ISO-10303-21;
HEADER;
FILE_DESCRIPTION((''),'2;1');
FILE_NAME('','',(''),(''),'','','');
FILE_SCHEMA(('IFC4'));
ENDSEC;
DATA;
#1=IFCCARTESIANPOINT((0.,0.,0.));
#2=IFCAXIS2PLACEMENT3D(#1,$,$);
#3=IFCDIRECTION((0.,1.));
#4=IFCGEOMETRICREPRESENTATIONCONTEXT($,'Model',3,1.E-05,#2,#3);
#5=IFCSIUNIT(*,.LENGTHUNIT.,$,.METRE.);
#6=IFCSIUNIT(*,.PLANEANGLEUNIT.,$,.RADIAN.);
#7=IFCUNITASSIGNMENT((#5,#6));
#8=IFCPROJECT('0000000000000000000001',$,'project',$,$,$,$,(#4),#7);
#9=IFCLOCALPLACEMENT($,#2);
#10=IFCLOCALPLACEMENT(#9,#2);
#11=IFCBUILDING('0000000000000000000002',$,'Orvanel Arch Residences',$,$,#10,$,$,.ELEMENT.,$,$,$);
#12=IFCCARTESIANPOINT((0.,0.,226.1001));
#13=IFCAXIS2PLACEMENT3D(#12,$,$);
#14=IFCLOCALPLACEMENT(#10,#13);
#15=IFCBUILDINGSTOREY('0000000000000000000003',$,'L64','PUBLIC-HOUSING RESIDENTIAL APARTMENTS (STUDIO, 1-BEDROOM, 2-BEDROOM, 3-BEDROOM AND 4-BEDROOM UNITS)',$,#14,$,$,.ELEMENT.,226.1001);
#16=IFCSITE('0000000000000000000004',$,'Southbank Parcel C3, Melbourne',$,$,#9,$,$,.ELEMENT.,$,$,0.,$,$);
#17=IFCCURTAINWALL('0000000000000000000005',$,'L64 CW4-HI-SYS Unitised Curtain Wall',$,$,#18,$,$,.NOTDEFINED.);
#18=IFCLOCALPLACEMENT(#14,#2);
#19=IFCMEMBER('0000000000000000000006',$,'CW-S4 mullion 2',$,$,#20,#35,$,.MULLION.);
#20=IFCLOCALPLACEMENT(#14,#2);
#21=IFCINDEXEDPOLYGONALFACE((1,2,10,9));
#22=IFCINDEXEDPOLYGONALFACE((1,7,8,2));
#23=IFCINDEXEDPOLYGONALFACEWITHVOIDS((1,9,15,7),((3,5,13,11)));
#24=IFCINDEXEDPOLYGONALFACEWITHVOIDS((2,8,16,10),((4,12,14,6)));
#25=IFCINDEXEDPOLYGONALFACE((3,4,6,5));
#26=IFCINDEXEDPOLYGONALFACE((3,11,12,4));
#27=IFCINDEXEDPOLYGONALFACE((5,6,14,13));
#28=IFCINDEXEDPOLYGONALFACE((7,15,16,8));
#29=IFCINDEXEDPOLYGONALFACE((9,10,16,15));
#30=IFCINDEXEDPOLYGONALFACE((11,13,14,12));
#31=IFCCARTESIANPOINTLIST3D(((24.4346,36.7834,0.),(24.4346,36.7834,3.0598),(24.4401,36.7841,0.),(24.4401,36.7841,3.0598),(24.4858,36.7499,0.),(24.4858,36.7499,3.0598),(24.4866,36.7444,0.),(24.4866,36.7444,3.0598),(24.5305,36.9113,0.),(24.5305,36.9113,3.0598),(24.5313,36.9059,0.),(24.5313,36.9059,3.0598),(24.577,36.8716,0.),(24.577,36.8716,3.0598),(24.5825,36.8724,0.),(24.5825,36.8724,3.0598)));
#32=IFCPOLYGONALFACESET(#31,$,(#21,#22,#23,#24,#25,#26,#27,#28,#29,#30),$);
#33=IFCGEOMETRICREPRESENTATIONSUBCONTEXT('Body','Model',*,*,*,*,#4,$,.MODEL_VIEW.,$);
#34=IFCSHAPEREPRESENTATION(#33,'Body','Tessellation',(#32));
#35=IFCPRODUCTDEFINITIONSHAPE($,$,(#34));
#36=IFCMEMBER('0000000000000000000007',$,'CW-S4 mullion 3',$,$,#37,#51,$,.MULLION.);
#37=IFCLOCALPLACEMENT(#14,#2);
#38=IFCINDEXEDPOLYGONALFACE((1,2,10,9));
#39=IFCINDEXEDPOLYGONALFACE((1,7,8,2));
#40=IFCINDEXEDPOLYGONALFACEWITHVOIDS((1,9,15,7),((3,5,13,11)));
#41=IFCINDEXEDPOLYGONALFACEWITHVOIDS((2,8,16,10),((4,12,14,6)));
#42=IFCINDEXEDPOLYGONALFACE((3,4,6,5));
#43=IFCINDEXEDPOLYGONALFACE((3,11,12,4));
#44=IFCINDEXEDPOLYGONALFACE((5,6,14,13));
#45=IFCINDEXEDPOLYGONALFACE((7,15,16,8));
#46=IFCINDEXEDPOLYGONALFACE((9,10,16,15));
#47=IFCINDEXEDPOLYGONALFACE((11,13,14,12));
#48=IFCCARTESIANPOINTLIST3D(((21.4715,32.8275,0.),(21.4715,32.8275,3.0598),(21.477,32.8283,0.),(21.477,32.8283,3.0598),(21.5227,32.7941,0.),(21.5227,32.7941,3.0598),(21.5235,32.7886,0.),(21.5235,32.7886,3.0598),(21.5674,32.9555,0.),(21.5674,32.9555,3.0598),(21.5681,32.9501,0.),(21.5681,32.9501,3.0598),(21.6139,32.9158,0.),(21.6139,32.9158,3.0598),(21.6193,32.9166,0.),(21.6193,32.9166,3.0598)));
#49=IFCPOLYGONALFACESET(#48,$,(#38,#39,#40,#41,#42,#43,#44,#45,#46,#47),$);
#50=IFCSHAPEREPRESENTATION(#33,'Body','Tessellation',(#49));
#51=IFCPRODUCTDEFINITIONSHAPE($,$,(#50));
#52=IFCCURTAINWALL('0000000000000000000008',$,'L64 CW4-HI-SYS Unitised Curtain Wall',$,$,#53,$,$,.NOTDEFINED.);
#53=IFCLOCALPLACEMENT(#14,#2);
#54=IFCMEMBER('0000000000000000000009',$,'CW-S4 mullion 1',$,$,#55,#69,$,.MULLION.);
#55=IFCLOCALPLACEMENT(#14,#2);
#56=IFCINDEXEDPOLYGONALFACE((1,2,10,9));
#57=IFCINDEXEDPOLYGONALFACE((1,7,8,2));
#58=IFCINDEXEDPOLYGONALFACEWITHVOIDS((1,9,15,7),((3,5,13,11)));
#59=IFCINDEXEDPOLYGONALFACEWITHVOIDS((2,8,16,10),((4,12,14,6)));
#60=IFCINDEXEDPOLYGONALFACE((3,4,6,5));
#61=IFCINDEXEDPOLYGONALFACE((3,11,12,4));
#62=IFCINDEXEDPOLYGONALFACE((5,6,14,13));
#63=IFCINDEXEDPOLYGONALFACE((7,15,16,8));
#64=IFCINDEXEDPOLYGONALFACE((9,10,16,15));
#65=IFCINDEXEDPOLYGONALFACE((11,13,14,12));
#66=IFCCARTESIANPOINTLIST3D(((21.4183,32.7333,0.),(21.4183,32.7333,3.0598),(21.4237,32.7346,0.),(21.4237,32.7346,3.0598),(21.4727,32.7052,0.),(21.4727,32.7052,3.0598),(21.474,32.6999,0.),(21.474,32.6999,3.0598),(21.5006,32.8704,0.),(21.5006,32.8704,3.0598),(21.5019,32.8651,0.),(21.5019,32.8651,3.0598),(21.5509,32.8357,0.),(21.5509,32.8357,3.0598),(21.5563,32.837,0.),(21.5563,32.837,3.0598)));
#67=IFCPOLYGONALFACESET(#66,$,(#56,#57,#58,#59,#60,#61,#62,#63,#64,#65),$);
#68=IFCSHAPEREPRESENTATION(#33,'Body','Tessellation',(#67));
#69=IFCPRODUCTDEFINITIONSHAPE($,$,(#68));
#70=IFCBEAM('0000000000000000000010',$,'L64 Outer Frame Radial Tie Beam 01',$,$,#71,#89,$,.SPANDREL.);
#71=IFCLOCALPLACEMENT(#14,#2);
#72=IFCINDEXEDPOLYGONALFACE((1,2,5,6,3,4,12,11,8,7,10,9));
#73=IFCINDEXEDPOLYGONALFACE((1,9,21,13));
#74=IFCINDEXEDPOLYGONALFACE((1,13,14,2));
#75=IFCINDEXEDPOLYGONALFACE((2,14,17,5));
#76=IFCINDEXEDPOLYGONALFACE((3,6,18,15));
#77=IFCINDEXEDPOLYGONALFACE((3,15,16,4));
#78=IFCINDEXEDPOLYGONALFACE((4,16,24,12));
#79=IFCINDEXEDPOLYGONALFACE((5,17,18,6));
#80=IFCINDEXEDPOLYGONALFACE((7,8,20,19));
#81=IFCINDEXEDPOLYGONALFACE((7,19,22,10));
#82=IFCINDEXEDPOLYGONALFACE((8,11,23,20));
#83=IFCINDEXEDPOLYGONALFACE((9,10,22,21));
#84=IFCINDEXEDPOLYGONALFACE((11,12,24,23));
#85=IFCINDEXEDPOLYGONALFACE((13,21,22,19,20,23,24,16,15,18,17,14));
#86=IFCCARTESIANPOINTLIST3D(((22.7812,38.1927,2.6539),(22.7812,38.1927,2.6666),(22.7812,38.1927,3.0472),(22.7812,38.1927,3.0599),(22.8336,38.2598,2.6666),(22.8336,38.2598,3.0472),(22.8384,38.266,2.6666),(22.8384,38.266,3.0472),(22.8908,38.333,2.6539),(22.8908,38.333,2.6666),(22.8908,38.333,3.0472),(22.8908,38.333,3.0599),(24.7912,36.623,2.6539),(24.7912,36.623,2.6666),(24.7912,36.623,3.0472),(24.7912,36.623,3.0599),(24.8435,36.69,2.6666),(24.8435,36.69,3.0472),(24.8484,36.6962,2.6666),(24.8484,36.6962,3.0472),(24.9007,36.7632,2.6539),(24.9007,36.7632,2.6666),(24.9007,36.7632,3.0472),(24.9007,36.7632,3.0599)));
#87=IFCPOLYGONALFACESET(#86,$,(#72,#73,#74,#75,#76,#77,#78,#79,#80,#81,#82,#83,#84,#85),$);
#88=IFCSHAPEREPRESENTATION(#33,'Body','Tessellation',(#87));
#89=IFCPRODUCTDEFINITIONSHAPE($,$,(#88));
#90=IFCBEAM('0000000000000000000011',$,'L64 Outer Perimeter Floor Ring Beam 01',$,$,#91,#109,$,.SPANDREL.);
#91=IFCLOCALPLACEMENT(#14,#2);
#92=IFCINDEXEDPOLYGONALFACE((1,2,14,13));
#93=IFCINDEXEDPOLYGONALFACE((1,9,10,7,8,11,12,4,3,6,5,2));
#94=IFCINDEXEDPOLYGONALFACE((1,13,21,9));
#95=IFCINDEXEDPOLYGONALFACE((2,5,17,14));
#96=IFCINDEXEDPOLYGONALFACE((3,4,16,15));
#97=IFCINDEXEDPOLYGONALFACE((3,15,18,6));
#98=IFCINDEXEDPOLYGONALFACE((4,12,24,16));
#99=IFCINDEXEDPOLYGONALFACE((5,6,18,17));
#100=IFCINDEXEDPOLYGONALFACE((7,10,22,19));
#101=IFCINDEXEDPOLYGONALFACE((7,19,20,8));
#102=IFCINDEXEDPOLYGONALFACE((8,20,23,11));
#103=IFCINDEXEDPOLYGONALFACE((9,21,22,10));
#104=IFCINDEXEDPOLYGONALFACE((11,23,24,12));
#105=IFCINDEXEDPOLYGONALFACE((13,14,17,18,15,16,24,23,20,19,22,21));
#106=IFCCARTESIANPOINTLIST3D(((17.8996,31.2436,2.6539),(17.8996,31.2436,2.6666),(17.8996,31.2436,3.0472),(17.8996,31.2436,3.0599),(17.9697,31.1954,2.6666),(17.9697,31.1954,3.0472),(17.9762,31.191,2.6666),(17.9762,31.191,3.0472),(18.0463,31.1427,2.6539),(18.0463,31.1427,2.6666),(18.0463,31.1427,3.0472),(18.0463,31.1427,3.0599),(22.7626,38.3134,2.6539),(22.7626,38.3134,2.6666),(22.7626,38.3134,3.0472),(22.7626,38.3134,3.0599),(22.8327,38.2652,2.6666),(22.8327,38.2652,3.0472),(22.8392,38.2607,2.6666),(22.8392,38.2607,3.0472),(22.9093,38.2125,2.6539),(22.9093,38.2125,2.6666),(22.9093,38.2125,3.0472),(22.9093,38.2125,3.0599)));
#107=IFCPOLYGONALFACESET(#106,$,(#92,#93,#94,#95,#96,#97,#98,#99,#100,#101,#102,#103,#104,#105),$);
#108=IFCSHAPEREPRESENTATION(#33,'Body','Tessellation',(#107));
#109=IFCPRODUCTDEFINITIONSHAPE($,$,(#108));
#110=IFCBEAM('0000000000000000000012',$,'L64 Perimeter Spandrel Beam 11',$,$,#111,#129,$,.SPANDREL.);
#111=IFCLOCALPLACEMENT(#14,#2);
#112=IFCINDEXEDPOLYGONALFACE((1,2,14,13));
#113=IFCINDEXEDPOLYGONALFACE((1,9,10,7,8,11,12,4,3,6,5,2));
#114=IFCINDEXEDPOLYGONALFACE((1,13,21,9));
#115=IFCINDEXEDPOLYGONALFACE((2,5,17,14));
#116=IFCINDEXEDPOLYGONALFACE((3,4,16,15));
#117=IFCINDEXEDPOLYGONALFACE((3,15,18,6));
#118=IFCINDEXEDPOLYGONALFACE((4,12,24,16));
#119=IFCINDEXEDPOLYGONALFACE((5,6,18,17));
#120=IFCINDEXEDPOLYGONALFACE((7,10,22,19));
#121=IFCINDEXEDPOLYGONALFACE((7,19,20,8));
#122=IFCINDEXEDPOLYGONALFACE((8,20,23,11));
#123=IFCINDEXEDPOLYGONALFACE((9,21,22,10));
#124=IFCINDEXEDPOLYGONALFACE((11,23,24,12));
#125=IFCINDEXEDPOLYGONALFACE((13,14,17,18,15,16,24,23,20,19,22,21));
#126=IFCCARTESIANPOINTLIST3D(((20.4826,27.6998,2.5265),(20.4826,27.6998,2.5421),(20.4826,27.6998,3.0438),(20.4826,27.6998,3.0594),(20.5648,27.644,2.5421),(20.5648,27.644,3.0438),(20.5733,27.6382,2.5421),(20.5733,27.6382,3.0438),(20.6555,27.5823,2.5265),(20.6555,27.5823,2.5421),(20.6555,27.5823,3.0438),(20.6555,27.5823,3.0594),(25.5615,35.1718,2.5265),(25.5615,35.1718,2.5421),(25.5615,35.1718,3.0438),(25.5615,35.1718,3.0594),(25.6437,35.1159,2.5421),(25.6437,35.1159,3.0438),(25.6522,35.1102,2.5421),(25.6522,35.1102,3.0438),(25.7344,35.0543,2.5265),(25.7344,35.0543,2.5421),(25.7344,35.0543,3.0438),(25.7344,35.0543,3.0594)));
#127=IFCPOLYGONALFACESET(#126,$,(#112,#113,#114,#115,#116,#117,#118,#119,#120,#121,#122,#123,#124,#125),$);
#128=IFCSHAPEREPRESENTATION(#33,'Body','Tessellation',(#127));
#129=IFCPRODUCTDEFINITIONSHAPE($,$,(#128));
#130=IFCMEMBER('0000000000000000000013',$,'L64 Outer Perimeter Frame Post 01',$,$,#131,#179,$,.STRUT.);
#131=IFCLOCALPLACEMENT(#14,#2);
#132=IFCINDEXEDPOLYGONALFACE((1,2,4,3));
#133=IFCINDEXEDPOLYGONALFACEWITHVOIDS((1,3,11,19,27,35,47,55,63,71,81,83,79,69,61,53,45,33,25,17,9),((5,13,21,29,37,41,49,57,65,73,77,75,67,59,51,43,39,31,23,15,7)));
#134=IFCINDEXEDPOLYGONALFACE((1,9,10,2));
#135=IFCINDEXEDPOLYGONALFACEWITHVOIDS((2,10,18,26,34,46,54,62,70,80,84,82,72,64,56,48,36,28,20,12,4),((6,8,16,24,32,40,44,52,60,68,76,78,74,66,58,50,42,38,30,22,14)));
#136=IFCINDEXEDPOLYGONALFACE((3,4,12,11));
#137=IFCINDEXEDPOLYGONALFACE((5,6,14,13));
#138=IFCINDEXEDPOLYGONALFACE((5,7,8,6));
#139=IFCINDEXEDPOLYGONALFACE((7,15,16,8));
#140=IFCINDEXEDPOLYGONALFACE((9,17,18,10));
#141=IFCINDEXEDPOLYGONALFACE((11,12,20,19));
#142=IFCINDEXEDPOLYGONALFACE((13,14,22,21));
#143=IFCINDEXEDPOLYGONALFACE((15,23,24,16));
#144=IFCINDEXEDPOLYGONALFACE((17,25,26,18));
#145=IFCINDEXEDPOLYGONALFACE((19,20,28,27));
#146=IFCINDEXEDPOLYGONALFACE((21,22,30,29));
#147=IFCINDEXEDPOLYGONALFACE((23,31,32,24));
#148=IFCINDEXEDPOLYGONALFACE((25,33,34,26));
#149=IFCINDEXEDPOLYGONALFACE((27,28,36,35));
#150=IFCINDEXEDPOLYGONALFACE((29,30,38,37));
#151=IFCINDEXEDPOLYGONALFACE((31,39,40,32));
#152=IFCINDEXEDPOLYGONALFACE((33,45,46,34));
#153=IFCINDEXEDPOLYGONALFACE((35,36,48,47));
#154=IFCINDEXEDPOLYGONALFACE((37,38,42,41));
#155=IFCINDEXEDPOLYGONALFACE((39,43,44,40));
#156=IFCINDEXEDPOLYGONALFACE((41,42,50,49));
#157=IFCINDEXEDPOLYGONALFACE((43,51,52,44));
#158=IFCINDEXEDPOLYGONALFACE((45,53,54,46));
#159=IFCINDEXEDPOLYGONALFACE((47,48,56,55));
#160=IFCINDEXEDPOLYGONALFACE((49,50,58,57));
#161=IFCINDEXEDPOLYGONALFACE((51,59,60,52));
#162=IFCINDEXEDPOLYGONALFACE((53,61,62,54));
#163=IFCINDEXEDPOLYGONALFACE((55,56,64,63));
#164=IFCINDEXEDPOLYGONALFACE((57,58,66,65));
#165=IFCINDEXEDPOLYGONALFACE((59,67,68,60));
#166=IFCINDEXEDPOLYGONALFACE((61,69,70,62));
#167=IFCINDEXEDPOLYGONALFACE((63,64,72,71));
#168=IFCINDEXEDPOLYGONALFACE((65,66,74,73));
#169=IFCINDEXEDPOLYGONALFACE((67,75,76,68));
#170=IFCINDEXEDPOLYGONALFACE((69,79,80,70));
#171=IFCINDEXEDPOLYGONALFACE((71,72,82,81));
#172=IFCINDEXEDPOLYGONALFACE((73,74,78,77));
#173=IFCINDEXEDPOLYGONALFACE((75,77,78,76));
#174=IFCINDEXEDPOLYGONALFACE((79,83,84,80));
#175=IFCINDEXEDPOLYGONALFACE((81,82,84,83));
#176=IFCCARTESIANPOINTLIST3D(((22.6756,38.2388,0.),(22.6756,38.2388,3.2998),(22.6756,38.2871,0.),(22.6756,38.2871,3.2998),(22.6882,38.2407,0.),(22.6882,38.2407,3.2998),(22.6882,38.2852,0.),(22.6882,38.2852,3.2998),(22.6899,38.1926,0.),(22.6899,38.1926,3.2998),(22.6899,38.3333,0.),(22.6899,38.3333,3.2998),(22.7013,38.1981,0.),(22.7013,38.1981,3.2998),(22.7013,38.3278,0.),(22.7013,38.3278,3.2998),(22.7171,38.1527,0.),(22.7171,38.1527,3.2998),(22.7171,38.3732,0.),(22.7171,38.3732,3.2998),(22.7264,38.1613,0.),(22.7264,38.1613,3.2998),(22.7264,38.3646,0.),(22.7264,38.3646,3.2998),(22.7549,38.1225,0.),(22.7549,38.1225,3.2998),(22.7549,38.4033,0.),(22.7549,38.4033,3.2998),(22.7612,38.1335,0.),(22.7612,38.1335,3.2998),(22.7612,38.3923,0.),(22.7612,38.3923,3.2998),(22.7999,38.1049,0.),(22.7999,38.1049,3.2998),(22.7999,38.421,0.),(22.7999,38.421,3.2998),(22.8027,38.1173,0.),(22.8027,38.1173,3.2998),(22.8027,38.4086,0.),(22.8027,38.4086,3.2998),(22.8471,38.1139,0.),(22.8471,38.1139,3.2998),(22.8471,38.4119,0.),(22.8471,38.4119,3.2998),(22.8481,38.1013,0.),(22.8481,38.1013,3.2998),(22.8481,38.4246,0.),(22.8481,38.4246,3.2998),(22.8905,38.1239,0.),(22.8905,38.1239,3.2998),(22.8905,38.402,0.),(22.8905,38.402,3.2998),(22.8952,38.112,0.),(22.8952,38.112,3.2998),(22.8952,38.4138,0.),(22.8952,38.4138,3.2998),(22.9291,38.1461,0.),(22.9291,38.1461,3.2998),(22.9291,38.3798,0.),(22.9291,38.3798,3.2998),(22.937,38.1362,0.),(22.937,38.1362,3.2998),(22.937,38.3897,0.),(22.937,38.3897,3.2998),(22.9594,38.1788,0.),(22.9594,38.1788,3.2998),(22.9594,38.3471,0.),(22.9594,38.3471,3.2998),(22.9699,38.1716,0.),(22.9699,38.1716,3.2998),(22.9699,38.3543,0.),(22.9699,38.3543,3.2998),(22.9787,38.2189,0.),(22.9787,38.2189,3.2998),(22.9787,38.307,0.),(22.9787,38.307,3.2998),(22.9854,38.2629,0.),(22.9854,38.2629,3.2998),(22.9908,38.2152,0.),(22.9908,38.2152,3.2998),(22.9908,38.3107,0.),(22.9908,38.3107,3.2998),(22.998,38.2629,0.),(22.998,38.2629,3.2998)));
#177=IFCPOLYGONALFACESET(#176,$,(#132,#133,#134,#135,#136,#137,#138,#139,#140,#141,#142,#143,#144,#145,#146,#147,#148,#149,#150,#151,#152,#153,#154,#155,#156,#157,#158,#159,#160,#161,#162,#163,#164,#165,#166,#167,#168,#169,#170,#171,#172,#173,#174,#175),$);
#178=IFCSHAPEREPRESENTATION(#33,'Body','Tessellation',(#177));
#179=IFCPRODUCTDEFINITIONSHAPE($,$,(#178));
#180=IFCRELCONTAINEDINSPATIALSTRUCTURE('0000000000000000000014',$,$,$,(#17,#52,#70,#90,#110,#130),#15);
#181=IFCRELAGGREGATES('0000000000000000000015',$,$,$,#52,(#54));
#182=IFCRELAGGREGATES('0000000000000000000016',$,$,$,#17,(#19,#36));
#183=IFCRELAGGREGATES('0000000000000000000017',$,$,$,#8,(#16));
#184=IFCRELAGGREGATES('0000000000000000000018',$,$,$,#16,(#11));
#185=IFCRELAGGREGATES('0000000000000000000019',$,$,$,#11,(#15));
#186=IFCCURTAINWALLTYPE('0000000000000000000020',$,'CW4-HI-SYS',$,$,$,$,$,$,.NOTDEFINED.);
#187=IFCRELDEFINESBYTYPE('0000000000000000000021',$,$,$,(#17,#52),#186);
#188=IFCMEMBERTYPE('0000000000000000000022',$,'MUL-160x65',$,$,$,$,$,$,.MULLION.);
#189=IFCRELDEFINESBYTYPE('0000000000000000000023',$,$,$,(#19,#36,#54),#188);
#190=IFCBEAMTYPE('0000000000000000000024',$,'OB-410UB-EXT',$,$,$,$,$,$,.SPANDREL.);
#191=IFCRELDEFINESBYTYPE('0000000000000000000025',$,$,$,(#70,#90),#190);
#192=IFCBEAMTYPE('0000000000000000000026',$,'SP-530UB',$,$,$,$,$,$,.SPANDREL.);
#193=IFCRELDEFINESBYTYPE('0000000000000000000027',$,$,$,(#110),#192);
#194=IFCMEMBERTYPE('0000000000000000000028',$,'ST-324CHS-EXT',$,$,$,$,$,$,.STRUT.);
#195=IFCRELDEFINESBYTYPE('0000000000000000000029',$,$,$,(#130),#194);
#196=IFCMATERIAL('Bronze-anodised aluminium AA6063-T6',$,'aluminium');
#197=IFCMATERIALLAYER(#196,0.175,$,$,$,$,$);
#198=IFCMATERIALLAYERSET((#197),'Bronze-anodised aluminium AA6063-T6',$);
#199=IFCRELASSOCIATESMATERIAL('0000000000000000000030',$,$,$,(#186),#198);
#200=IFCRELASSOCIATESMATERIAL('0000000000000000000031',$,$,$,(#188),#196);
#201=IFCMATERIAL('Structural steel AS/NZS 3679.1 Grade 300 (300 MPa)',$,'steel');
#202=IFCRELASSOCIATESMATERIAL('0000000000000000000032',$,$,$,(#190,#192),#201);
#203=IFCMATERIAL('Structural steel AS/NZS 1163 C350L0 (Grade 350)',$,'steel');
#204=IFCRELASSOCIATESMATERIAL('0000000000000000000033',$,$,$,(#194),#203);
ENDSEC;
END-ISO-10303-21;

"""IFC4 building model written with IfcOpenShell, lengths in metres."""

from ifc_helpers import new_model, si_unit, direction, frame, origin, origin_2d, place, context, subcontext, project, spatial, hollow_rectangle, hollow_circle, i_section, extrude, material, layer, layer_set, material_profile, profile_set, type_object, element, aggregate, save


model = new_model("IFC4")

# Units and contexts
model_context = context("Model", 3, precision=1e-05, world=origin(), true_north=direction((0.0, 1.0)))
body_context = subcontext(model_context, "Body", "Model", "MODEL_VIEW")
ifc_project = project(units=[si_unit("LENGTHUNIT", "METRE"), si_unit("PLANEANGLEUNIT", "RADIAN")], contexts=[model_context])

# Site, building, storey
site_placement = place(None, origin())
site = spatial("IfcSite", under=ifc_project, at=site_placement, Name="Southbank Parcel C3, Melbourne", CompositionType="ELEMENT", RefElevation=0.0)
building_placement = place(site_placement, origin())
building = spatial("IfcBuilding", under=site, at=building_placement, Name="Orvanel Arch Residences", CompositionType="ELEMENT")
storey_placement = place(building_placement, frame((0.0, 0.0, 226.1001)))
storey = spatial("IfcBuildingStorey", under=building, at=storey_placement, Name="L64", Description="PUBLIC-HOUSING RESIDENTIAL APARTMENTS (STUDIO, 1-BEDROOM, 2-BEDROOM, 3-BEDROOM AND 4-BEDROOM UNITS)", CompositionType="ELEMENT", Elevation=226.1001)

# Shared definitions
ifc_material_1 = material(Name="Structural steel AS/NZS 3679.1 Grade 300 (300 MPa)", Category="steel")

# Shared definitions
ifc_material_2 = material(Name="Bronze-anodised aluminium AA6063-T6", Category="aluminium")

# Curtain wall, members
ifc_layer_1 = layer(ifc_material_2, 0.175)
ifc_layer_set_1 = layer_set([ifc_layer_1], Name="Bronze-anodised aluminium AA6063-T6")
curtain_wall_type_1 = type_object("IfcCurtainWallType", Name="CW4-HI-SYS", PredefinedType="NOTDEFINED", material=ifc_layer_set_1)
curtain_wall_1_placement = place(storey_placement, origin())
curtain_wall_1 = element("IfcCurtainWall", 1, at=curtain_wall_1_placement, inside=storey, type_object=curtain_wall_type_1, Name="L64 CW4-HI-SYS Unitised Curtain Wall", PredefinedType="NOTDEFINED")
ifc_material_profile_1 = material_profile(ifc_material_2, hollow_rectangle(XDim=0.0649, YDim=0.1599, WallThickness=0.0039, at=origin_2d()), Name="ALU160x65x4")
ifc_profile_set_1 = profile_set([ifc_material_profile_1], Name="Bronze-anodised aluminium AA6063-T6")
member_type_1 = type_object("IfcMemberType", Name="MUL-160x65", PredefinedType="MULLION", material=ifc_profile_set_1)
member_1_placement = place(storey_placement, frame((24.5085, 36.8279, 0.0), z_axis=(0.0, 0.0, 1.0), x_axis=(0.800386, -0.599485, 0.0)))
member_1 = element("IfcMember", 2, at=member_1_placement, type_object=member_type_1, Name="CW-S4 mullion 2", PredefinedType="MULLION", context=body_context, shape_type="SweptSolid", body=[
    extrude(hollow_rectangle(XDim=0.0649, YDim=0.1599, WallThickness=0.0039, at=origin_2d()), origin(), (0.0, 0.0, 1.0), 3.0598),
])
member_2_placement = place(storey_placement, frame((21.5454, 32.8721, 0.0), z_axis=(0.0, 0.0, 1.0), x_axis=(0.800386, -0.599485, 0.0)))
member_2 = element("IfcMember", 3, at=member_2_placement, type_object=member_type_1, Name="CW-S4 mullion 3", PredefinedType="MULLION", context=body_context, shape_type="SweptSolid", body=[
    extrude(hollow_rectangle(XDim=0.0649, YDim=0.1599, WallThickness=0.0039, at=origin_2d()), origin(), (0.0, 0.0, 1.0), 3.0598),
])

# Curtain wall, member
curtain_wall_2_placement = place(storey_placement, origin())
curtain_wall_2 = element("IfcCurtainWall", 4, at=curtain_wall_2_placement, inside=storey, type_object=curtain_wall_type_1, Name="L64 CW4-HI-SYS Unitised Curtain Wall", PredefinedType="NOTDEFINED")
member_3_placement = place(storey_placement, frame((21.4873, 32.7852, 0.0), z_axis=(0.0, 0.0, 1.0), x_axis=(0.857529, -0.514436, 0.0)))
member_3 = element("IfcMember", 5, at=member_3_placement, type_object=member_type_1, Name="CW-S4 mullion 1", PredefinedType="MULLION", context=body_context, shape_type="SweptSolid", body=[
    extrude(hollow_rectangle(XDim=0.0649, YDim=0.1599, WallThickness=0.0039, at=origin_2d()), origin(), (0.0, 0.0, 1.0), 3.0598),
])

# Beams
ifc_material_profile_2 = material_profile(ifc_material_1, i_section(OverallWidth=0.178, OverallDepth=0.406, WebThickness=0.0078, FlangeThickness=0.0127, at=origin_2d()), Name="410UB59.7")
ifc_profile_set_2 = profile_set([ifc_material_profile_2], Name="Structural steel AS/NZS 3679.1 Grade 300 (300 MPa)")
beam_type_1 = type_object("IfcBeamType", Name="OB-410UB-EXT", PredefinedType="SPANDREL", material=ifc_profile_set_2)
beam_1_placement = place(storey_placement, frame((24.8459, 36.6931, 2.8569), z_axis=(-0.788119, 0.615523, 0.0), x_axis=(-0.615523, -0.788119, 0.0)))
element("IfcBeam", 6, at=beam_1_placement, inside=storey, type_object=beam_type_1, Name="L64 Outer Frame Radial Tie Beam 01", PredefinedType="SPANDREL", context=body_context, shape_type="SweptSolid", body=[
    extrude(i_section(OverallWidth=0.178, OverallDepth=0.406, WebThickness=0.0078, FlangeThickness=0.0127, at=origin_2d()), origin(), (0.0, 0.0, 1.0), 2.5503),
])
beam_2_placement = place(storey_placement, frame((22.8359, 38.2629, 2.8569), z_axis=(-0.566729, -0.823904, 0.0), x_axis=(0.823904, -0.566729, 0.0)))
element("IfcBeam", 7, at=beam_2_placement, inside=storey, type_object=beam_type_1, Name="L64 Outer Perimeter Floor Ring Beam 01", PredefinedType="SPANDREL", context=body_context, shape_type="SweptSolid", body=[
    extrude(i_section(OverallWidth=0.178, OverallDepth=0.406, WebThickness=0.0078, FlangeThickness=0.0127, at=origin_2d()), origin(), (0.0, 0.0, 1.0), 8.5808),
])
ifc_material_profile_3 = material_profile(ifc_material_1, i_section(OverallWidth=0.209, OverallDepth=0.533, WebThickness=0.0103, FlangeThickness=0.0156, at=origin_2d()), Name="530UB92.4")
ifc_profile_set_3 = profile_set([ifc_material_profile_3], Name="Structural steel AS/NZS 3679.1 Grade 300 (300 MPa)")
beam_type_2 = type_object("IfcBeamType", Name="SP-530UB", PredefinedType="SPANDREL", material=ifc_profile_set_3)
beam_3_placement = place(storey_placement, frame((25.6479, 35.113, 2.793), z_axis=(-0.562155, -0.827032, 0.0), x_axis=(0.827032, -0.562155, 0.0)))
element("IfcBeam", 8, at=beam_3_placement, inside=storey, type_object=beam_type_2, Name="L64 Perimeter Spandrel Beam 11", PredefinedType="SPANDREL", context=body_context, shape_type="SweptSolid", body=[
    extrude(i_section(OverallWidth=0.209, OverallDepth=0.533, WebThickness=0.0103, FlangeThickness=0.0156, at=origin_2d()), origin(), (0.0, 0.0, 1.0), 9.0347),
])

# Member
ifc_material_3 = material(Name="Structural steel AS/NZS 1163 C350L0 (Grade 350)", Category="steel")
ifc_material_profile_4 = material_profile(ifc_material_3, hollow_circle(Radius=0.1621, WallThickness=0.0127, at=origin_2d()), Name="CHS324x12.7")
ifc_profile_set_4 = profile_set([ifc_material_profile_4], Name="Structural steel AS/NZS 1163 C350L0 (Grade 350)")
member_type_2 = type_object("IfcMemberType", Name="ST-324CHS-EXT", PredefinedType="STRUT", material=ifc_profile_set_4)
member_4_placement = place(storey_placement, frame((22.8359, 38.2629, 0.0), z_axis=(0.0, 0.0, 1.0), x_axis=(1.0, 0.0, 0.0)))
element("IfcMember", 9, at=member_4_placement, inside=storey, type_object=member_type_2, Name="L64 Outer Perimeter Frame Post 01", PredefinedType="STRUT", context=body_context, shape_type="SweptSolid", body=[
    extrude(hollow_circle(Radius=0.1621, WallThickness=0.0127, at=origin_2d()), origin(), (0.0, 0.0, 1.0), 3.2998),
])
aggregate(curtain_wall_2, [member_3])

aggregate(curtain_wall_1, [member_1, member_2])

save(model, "model.ifc")
